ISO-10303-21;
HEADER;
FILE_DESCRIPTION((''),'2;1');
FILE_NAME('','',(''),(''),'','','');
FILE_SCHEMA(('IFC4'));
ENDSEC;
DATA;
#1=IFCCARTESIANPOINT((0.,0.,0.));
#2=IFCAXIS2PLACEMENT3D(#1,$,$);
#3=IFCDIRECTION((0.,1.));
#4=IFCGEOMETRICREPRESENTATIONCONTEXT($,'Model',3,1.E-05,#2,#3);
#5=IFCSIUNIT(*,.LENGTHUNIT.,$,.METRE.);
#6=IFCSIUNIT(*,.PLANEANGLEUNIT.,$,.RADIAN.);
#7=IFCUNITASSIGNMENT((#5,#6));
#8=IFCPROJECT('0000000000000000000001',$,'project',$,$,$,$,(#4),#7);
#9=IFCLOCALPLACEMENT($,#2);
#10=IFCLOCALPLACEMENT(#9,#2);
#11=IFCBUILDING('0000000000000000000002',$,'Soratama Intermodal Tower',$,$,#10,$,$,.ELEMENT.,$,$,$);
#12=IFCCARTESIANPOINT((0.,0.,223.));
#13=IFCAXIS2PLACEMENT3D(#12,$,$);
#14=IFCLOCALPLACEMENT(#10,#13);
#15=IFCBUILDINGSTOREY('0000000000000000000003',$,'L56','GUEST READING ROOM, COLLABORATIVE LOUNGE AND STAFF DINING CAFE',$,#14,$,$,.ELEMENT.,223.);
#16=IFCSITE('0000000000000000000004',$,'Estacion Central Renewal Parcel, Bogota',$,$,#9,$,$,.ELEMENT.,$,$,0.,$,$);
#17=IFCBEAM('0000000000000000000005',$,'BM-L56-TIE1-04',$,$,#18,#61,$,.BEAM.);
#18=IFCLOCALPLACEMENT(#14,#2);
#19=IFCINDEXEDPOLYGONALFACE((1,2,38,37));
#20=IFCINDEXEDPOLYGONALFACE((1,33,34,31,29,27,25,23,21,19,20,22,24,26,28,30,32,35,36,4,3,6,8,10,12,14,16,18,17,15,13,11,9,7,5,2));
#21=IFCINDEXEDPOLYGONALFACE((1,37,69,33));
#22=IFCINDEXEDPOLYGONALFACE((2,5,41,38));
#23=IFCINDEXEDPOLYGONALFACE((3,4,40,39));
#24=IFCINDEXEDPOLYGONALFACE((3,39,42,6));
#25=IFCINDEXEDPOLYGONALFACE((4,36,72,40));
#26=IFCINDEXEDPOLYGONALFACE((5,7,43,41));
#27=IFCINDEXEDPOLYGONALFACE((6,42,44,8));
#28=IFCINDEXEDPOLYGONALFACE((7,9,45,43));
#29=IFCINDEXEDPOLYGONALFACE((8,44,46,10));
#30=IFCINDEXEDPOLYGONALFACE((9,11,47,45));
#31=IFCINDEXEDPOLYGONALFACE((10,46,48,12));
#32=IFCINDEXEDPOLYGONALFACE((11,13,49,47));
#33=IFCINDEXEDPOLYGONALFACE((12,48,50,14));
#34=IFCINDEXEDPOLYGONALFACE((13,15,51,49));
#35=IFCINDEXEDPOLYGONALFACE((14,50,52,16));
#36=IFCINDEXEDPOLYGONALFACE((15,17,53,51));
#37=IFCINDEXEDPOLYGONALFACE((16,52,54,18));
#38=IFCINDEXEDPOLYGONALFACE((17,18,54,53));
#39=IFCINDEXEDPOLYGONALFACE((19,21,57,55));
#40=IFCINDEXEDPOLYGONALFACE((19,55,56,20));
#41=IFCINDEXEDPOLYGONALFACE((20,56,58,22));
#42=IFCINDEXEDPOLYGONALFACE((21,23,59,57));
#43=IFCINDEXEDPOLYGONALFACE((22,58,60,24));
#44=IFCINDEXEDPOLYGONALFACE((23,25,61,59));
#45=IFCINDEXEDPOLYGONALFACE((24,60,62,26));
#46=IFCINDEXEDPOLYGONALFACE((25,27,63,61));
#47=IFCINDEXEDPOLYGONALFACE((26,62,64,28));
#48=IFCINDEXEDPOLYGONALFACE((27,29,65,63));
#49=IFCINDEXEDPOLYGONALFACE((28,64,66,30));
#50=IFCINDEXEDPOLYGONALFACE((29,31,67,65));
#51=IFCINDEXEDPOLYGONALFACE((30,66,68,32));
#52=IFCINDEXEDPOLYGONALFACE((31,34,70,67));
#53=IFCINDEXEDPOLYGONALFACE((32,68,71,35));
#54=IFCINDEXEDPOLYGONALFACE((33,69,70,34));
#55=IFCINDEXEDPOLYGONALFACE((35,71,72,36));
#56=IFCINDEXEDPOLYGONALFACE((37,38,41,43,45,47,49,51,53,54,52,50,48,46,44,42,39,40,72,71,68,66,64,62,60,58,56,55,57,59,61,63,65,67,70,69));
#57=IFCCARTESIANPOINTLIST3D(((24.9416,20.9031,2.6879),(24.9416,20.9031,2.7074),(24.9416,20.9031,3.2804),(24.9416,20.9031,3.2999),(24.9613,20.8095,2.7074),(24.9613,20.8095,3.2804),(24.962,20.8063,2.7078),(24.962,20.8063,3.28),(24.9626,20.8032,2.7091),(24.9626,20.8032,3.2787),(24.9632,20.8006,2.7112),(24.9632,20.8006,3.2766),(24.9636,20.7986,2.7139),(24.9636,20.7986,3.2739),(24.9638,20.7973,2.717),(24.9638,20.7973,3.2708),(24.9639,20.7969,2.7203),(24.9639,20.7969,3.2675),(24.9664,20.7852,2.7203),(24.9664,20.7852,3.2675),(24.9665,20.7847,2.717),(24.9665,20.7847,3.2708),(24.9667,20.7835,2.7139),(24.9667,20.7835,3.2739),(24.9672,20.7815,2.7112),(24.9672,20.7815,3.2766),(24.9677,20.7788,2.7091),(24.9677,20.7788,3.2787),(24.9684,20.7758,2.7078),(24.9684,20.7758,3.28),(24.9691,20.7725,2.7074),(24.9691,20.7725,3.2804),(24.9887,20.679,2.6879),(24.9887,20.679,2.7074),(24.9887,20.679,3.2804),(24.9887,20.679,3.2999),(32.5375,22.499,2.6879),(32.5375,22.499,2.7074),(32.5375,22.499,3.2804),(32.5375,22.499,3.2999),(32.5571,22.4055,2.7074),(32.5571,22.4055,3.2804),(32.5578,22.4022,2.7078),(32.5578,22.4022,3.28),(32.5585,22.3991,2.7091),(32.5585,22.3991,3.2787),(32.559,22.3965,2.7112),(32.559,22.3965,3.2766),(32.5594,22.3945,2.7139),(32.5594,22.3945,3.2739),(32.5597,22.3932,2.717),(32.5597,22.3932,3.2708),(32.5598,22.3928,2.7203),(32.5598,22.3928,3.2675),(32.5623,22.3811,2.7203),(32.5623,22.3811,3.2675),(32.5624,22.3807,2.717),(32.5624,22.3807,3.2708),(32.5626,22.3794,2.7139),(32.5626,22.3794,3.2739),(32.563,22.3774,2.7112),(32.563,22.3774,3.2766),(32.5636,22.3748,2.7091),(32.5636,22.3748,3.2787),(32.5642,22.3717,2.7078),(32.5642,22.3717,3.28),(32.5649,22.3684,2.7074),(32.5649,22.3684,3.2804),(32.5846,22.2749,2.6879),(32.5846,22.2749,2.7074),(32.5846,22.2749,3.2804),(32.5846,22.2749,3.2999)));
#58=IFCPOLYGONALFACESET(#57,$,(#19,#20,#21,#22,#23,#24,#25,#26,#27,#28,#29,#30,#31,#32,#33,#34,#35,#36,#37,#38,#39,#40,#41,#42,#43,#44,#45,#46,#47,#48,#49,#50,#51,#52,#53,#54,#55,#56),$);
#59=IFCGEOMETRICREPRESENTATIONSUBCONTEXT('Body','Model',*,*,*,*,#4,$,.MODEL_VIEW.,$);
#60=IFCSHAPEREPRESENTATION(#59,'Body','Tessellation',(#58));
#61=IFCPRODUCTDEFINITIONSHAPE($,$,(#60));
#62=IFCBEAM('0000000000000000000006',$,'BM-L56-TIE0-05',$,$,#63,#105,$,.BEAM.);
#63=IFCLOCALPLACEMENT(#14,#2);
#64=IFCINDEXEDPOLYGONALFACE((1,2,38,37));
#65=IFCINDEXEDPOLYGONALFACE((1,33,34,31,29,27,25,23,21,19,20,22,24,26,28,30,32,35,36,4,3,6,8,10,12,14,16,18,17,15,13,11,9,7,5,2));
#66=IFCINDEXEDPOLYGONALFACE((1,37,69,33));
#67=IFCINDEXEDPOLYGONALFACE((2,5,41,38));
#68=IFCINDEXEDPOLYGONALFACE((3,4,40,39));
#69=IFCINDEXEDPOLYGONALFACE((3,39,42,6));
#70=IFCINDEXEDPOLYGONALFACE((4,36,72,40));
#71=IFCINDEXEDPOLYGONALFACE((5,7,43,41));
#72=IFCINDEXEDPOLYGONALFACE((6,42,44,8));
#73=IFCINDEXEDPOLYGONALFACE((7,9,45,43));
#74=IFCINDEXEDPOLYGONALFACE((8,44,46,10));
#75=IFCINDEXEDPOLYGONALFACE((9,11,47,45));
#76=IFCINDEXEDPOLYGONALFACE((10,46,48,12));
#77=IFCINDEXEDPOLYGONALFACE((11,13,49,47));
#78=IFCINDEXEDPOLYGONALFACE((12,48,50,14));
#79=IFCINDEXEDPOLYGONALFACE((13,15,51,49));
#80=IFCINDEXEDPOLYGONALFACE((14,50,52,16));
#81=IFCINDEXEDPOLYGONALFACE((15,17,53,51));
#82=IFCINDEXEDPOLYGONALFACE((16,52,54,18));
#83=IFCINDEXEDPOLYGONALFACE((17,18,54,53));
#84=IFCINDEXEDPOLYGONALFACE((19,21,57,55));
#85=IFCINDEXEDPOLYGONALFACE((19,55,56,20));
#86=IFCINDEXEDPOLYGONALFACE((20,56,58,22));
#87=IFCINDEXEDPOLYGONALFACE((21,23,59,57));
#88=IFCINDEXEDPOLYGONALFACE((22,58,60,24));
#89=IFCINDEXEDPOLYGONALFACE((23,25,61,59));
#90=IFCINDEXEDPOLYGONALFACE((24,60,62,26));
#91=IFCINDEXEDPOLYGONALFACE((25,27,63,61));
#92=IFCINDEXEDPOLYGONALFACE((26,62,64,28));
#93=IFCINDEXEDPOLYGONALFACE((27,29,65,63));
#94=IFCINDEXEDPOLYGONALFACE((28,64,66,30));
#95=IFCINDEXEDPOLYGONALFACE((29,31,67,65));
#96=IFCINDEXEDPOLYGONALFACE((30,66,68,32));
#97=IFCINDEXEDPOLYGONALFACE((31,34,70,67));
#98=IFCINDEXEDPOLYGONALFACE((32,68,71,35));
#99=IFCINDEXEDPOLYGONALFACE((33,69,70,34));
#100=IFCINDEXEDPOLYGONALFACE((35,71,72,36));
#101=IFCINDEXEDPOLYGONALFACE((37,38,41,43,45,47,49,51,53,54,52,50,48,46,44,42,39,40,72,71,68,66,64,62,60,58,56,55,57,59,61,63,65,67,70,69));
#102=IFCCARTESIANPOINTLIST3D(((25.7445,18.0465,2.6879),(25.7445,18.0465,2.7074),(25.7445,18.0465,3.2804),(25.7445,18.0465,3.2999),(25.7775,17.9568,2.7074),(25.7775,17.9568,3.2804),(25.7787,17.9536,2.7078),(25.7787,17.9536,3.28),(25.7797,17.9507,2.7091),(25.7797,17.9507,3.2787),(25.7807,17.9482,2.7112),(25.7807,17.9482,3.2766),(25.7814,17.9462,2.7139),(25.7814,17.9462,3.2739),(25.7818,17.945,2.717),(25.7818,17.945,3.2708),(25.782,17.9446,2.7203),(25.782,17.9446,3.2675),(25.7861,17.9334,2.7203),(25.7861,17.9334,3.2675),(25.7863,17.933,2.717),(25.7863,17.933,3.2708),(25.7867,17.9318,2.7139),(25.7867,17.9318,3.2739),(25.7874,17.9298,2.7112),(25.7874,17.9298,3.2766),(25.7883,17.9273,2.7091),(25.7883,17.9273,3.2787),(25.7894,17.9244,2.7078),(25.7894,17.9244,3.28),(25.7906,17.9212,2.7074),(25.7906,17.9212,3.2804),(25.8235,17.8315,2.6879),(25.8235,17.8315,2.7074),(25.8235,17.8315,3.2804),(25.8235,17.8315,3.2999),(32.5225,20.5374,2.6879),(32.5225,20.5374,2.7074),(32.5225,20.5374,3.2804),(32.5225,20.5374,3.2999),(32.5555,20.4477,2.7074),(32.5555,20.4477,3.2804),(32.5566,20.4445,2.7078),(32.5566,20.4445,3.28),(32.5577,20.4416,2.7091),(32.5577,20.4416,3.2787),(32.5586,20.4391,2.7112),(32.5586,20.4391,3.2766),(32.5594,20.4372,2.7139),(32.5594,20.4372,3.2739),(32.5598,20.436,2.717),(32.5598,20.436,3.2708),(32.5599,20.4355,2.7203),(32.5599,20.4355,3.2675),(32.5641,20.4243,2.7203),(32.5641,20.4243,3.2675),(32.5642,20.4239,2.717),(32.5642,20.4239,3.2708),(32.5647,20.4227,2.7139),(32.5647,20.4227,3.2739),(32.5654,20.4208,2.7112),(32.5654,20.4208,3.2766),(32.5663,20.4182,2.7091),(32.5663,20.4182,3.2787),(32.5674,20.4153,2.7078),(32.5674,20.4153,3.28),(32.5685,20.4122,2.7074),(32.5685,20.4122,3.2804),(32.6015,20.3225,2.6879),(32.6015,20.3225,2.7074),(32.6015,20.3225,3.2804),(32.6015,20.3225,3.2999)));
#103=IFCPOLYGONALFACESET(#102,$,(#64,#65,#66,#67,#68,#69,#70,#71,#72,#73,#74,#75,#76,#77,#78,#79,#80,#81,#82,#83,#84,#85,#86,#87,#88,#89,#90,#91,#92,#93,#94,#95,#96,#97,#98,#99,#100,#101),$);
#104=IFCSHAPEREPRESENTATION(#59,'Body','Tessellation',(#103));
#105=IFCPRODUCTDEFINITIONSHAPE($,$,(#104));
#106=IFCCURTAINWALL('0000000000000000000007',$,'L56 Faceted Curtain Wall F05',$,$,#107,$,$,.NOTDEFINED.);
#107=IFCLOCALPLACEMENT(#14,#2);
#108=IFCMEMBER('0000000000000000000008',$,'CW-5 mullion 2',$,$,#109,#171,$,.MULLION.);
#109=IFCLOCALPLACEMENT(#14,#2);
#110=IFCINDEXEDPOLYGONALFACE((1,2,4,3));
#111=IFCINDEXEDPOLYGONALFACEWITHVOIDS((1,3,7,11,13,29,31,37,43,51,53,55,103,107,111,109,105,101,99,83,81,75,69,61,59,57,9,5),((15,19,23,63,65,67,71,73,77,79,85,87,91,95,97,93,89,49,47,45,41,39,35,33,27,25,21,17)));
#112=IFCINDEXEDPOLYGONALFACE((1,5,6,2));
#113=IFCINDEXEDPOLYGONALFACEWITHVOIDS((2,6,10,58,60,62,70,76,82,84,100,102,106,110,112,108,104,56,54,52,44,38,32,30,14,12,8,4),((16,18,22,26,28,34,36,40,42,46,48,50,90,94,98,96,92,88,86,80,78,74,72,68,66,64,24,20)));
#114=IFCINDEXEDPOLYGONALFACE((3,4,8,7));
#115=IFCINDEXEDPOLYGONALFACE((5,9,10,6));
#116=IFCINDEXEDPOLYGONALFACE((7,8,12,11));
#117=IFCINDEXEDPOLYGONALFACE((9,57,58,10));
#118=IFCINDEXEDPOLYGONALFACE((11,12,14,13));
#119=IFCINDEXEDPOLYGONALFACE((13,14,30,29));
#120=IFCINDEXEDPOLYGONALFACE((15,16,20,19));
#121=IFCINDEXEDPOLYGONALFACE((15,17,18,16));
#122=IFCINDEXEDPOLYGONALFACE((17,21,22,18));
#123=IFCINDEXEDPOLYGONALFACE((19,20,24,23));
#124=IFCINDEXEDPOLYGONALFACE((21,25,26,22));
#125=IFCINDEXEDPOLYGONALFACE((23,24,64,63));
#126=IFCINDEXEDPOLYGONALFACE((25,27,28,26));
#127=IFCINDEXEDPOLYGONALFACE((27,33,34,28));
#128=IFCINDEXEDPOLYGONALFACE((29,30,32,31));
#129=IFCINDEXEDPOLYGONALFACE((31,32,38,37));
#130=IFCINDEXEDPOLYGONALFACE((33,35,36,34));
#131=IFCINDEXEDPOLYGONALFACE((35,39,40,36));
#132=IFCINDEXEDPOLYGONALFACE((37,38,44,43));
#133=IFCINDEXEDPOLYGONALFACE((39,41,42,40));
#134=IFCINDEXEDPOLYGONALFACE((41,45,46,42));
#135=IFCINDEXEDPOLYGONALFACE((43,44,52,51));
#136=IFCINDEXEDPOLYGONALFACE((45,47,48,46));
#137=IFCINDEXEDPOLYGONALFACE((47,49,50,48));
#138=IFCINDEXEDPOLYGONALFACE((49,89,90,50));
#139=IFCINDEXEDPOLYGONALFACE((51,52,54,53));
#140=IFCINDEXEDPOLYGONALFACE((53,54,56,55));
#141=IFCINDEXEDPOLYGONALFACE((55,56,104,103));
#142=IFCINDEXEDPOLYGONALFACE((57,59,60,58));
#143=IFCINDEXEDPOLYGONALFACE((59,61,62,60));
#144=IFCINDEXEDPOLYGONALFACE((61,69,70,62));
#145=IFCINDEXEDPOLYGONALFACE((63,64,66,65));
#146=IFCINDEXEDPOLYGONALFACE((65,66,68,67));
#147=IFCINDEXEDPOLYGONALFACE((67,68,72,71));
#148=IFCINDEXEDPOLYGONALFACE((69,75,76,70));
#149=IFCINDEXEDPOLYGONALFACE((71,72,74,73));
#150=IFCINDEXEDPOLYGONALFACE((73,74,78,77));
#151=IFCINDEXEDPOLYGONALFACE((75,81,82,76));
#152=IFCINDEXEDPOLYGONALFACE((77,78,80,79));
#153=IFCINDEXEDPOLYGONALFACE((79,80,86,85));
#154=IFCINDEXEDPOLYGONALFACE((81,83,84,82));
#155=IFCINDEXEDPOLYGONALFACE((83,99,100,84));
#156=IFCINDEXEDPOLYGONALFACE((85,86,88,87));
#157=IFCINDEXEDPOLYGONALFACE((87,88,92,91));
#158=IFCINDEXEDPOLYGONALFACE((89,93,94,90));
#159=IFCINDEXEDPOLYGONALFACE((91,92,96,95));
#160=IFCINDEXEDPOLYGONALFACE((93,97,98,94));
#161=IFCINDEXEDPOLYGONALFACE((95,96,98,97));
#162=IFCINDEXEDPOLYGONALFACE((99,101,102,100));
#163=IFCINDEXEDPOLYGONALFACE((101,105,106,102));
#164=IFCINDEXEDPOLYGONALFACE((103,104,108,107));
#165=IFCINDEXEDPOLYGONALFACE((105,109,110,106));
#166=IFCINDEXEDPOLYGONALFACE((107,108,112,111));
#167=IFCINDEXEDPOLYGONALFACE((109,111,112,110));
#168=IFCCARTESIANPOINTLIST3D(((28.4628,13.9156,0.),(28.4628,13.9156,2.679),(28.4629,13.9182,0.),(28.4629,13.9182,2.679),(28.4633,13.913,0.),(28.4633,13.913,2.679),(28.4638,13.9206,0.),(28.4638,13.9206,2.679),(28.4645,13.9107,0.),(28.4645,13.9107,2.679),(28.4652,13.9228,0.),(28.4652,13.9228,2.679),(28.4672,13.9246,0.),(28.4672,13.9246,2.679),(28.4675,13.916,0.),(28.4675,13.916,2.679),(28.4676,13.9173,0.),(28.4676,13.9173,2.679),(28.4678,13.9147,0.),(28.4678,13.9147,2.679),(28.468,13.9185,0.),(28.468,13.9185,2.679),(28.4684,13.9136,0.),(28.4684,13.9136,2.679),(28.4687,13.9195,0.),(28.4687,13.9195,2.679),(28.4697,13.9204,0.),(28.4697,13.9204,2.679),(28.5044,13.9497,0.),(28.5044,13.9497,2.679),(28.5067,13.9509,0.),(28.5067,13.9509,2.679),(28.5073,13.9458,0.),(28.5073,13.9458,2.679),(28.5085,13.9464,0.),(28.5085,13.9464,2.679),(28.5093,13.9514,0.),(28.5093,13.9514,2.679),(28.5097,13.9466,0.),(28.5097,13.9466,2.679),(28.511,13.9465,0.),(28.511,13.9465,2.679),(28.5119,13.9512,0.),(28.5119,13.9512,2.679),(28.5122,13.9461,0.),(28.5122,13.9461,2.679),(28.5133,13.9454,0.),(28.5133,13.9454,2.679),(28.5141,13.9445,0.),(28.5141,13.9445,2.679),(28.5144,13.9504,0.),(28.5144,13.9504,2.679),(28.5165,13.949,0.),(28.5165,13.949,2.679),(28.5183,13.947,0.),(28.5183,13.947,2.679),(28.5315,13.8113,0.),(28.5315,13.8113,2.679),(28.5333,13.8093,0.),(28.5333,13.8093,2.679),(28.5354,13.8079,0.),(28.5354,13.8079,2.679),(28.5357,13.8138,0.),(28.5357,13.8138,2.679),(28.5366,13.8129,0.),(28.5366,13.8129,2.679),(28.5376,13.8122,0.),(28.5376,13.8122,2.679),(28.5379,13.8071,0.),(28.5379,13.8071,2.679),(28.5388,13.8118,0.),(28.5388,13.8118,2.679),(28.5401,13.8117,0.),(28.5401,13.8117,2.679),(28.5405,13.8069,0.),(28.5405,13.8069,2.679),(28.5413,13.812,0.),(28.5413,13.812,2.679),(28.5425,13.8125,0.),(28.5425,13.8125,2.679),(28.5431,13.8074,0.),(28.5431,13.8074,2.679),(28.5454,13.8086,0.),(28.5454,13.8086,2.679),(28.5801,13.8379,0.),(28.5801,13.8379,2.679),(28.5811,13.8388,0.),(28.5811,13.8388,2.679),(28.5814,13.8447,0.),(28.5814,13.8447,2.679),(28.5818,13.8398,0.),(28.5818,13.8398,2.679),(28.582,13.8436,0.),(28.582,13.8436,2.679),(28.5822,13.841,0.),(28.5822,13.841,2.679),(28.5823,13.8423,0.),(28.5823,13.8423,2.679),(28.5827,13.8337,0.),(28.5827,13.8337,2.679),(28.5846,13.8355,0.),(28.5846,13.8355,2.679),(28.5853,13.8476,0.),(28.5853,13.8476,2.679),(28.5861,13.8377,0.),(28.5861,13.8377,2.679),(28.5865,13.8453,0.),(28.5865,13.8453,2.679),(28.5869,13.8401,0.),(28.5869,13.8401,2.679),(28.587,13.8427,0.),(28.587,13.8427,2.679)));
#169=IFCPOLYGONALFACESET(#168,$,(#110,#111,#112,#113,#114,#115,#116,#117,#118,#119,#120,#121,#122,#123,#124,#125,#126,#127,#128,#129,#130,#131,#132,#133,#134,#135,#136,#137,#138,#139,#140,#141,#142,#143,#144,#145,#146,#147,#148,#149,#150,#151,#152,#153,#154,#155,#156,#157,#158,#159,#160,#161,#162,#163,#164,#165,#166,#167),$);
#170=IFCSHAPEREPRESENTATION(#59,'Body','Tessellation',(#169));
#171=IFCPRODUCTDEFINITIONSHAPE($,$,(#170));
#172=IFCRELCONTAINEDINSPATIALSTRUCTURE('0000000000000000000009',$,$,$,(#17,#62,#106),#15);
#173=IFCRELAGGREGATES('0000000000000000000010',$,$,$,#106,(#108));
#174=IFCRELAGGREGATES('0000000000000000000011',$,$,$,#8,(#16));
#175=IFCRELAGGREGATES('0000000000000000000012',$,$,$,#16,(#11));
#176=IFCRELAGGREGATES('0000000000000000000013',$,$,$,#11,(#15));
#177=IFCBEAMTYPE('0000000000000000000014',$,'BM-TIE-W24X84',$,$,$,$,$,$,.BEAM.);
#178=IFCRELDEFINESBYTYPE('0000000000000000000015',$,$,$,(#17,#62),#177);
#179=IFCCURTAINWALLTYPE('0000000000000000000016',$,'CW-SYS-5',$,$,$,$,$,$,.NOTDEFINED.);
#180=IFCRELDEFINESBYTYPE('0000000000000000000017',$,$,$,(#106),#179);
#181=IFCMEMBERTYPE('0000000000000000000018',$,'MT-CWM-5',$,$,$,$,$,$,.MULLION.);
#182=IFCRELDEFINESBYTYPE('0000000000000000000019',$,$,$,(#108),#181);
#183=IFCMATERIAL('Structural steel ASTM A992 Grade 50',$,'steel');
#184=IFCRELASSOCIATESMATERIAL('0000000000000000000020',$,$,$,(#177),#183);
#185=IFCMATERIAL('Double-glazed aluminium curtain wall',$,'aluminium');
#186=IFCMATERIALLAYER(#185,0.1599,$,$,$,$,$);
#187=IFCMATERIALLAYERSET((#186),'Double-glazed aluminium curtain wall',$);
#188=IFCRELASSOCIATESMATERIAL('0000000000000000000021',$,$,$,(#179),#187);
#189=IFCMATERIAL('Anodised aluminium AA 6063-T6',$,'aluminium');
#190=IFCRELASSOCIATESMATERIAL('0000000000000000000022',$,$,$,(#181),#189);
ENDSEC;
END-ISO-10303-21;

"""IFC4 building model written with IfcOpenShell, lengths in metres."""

from ifc_helpers import new_model, si_unit, direction, frame, origin, origin_2d, place, context, subcontext, project, spatial, hollow_rectangle, i_section, extrude, material, layer, layer_set, material_profile, profile_set, type_object, element, aggregate, save


model = new_model("IFC4")

# Units and contexts
model_context = context("Model", 3, precision=1e-05, world=origin(), true_north=direction((0.0, 1.0)))
body_context = subcontext(model_context, "Body", "Model", "MODEL_VIEW")
ifc_project = project(units=[si_unit("LENGTHUNIT", "METRE"), si_unit("PLANEANGLEUNIT", "RADIAN")], contexts=[model_context])

# Site, building, storey
site_placement = place(None, origin())
site = spatial("IfcSite", under=ifc_project, at=site_placement, Name="Estacion Central Renewal Parcel, Bogota", CompositionType="ELEMENT", RefElevation=0.0)
building_placement = place(site_placement, origin())
building = spatial("IfcBuilding", under=site, at=building_placement, Name="Soratama Intermodal Tower", CompositionType="ELEMENT")
storey_placement = place(building_placement, frame((0.0, 0.0, 223.0)))
storey = spatial("IfcBuildingStorey", under=building, at=storey_placement, Name="L56", Description="GUEST READING ROOM, COLLABORATIVE LOUNGE AND STAFF DINING CAFE", CompositionType="ELEMENT", Elevation=223.0)

# Beams
ifc_material_1 = material(Name="Structural steel ASTM A992 Grade 50", Category="steel")
ifc_material_profile_1 = material_profile(ifc_material_1, i_section(OverallWidth=0.229, OverallDepth=0.6121, WebThickness=0.012, FlangeThickness=0.0195, FilletRadius=0.0129, at=origin_2d()), Name="W24X84")
ifc_profile_set_1 = profile_set([ifc_material_profile_1], Name="Structural steel ASTM A992 Grade 50")
beam_type_1 = type_object("IfcBeamType", Name="BM-TIE-W24X84", PredefinedType="BEAM", material=ifc_profile_set_1)
beam_1_placement = place(storey_placement, frame((32.561, 22.387, 2.9939), z_axis=(-0.978633, -0.205616, 0.0), x_axis=(0.205616, -0.978633, 0.0)))
element("IfcBeam", 1, at=beam_1_placement, inside=storey, type_object=beam_type_1, Name="BM-L56-TIE1-04", PredefinedType="BEAM", context=body_context, shape_type="SweptSolid", body=[
    extrude(i_section(OverallWidth=0.229, OverallDepth=0.6121, WebThickness=0.012, FlangeThickness=0.0195, FilletRadius=0.0129, at=origin_2d()), origin(), (0.0, 0.0, 1.0), 7.7617),
])
beam_2_placement = place(storey_placement, frame((32.562, 20.4299, 2.9939), z_axis=(-0.938622, -0.344947, 0.0), x_axis=(0.344947, -0.938622, 0.0)))
element("IfcBeam", 2, at=beam_2_placement, inside=storey, type_object=beam_type_1, Name="BM-L56-TIE0-05", PredefinedType="BEAM", context=body_context, shape_type="SweptSolid", body=[
    extrude(i_section(OverallWidth=0.229, OverallDepth=0.6121, WebThickness=0.012, FlangeThickness=0.0195, FilletRadius=0.0129, at=origin_2d()), origin(), (0.0, 0.0, 1.0), 7.2212),
])

# Curtain wall, member
ifc_material_2 = material(Name="Double-glazed aluminium curtain wall", Category="aluminium")
ifc_layer_1 = layer(ifc_material_2, 0.1599)
ifc_layer_set_1 = layer_set([ifc_layer_1], Name="Double-glazed aluminium curtain wall")
curtain_wall_type = type_object("IfcCurtainWallType", Name="CW-SYS-5", PredefinedType="NOTDEFINED", material=ifc_layer_set_1)
curtain_wall_placement = place(storey_placement, origin())
curtain_wall = element("IfcCurtainWall", 3, at=curtain_wall_placement, inside=storey, type_object=curtain_wall_type, Name="L56 Faceted Curtain Wall F05", PredefinedType="NOTDEFINED")
ifc_material_3 = material(Name="Anodised aluminium AA 6063-T6", Category="aluminium")
ifc_material_profile_2 = material_profile(ifc_material_3, hollow_rectangle(XDim=0.0649, YDim=0.1399, WallThickness=0.0049, InnerFilletRadius=0.0049, OuterFilletRadius=0.01, at=origin_2d()), Name="CWM140X65X5")
ifc_profile_set_2 = profile_set([ifc_material_profile_2], Name="Anodised aluminium AA 6063-T6")
member_type_1 = type_object("IfcMemberType", Name="MT-CWM-5", PredefinedType="MULLION", material=ifc_profile_set_2)
member_1_placement = place(storey_placement, frame((28.5249, 13.8792, 0.0), z_axis=(0.0, 0.0, 1.0), x_axis=(0.828843, 0.559482, 0.0)))
member_1 = element("IfcMember", 4, at=member_1_placement, type_object=member_type_1, Name="CW-5 mullion 2", PredefinedType="MULLION", context=body_context, shape_type="SweptSolid", body=[
    extrude(hollow_rectangle(XDim=0.0649, YDim=0.1399, WallThickness=0.0049, InnerFilletRadius=0.0049, OuterFilletRadius=0.01, at=origin_2d()), origin(), (0.0, 0.0, 1.0), 2.679),
])
aggregate(curtain_wall, [member_1])

save(model, "model.ifc")
